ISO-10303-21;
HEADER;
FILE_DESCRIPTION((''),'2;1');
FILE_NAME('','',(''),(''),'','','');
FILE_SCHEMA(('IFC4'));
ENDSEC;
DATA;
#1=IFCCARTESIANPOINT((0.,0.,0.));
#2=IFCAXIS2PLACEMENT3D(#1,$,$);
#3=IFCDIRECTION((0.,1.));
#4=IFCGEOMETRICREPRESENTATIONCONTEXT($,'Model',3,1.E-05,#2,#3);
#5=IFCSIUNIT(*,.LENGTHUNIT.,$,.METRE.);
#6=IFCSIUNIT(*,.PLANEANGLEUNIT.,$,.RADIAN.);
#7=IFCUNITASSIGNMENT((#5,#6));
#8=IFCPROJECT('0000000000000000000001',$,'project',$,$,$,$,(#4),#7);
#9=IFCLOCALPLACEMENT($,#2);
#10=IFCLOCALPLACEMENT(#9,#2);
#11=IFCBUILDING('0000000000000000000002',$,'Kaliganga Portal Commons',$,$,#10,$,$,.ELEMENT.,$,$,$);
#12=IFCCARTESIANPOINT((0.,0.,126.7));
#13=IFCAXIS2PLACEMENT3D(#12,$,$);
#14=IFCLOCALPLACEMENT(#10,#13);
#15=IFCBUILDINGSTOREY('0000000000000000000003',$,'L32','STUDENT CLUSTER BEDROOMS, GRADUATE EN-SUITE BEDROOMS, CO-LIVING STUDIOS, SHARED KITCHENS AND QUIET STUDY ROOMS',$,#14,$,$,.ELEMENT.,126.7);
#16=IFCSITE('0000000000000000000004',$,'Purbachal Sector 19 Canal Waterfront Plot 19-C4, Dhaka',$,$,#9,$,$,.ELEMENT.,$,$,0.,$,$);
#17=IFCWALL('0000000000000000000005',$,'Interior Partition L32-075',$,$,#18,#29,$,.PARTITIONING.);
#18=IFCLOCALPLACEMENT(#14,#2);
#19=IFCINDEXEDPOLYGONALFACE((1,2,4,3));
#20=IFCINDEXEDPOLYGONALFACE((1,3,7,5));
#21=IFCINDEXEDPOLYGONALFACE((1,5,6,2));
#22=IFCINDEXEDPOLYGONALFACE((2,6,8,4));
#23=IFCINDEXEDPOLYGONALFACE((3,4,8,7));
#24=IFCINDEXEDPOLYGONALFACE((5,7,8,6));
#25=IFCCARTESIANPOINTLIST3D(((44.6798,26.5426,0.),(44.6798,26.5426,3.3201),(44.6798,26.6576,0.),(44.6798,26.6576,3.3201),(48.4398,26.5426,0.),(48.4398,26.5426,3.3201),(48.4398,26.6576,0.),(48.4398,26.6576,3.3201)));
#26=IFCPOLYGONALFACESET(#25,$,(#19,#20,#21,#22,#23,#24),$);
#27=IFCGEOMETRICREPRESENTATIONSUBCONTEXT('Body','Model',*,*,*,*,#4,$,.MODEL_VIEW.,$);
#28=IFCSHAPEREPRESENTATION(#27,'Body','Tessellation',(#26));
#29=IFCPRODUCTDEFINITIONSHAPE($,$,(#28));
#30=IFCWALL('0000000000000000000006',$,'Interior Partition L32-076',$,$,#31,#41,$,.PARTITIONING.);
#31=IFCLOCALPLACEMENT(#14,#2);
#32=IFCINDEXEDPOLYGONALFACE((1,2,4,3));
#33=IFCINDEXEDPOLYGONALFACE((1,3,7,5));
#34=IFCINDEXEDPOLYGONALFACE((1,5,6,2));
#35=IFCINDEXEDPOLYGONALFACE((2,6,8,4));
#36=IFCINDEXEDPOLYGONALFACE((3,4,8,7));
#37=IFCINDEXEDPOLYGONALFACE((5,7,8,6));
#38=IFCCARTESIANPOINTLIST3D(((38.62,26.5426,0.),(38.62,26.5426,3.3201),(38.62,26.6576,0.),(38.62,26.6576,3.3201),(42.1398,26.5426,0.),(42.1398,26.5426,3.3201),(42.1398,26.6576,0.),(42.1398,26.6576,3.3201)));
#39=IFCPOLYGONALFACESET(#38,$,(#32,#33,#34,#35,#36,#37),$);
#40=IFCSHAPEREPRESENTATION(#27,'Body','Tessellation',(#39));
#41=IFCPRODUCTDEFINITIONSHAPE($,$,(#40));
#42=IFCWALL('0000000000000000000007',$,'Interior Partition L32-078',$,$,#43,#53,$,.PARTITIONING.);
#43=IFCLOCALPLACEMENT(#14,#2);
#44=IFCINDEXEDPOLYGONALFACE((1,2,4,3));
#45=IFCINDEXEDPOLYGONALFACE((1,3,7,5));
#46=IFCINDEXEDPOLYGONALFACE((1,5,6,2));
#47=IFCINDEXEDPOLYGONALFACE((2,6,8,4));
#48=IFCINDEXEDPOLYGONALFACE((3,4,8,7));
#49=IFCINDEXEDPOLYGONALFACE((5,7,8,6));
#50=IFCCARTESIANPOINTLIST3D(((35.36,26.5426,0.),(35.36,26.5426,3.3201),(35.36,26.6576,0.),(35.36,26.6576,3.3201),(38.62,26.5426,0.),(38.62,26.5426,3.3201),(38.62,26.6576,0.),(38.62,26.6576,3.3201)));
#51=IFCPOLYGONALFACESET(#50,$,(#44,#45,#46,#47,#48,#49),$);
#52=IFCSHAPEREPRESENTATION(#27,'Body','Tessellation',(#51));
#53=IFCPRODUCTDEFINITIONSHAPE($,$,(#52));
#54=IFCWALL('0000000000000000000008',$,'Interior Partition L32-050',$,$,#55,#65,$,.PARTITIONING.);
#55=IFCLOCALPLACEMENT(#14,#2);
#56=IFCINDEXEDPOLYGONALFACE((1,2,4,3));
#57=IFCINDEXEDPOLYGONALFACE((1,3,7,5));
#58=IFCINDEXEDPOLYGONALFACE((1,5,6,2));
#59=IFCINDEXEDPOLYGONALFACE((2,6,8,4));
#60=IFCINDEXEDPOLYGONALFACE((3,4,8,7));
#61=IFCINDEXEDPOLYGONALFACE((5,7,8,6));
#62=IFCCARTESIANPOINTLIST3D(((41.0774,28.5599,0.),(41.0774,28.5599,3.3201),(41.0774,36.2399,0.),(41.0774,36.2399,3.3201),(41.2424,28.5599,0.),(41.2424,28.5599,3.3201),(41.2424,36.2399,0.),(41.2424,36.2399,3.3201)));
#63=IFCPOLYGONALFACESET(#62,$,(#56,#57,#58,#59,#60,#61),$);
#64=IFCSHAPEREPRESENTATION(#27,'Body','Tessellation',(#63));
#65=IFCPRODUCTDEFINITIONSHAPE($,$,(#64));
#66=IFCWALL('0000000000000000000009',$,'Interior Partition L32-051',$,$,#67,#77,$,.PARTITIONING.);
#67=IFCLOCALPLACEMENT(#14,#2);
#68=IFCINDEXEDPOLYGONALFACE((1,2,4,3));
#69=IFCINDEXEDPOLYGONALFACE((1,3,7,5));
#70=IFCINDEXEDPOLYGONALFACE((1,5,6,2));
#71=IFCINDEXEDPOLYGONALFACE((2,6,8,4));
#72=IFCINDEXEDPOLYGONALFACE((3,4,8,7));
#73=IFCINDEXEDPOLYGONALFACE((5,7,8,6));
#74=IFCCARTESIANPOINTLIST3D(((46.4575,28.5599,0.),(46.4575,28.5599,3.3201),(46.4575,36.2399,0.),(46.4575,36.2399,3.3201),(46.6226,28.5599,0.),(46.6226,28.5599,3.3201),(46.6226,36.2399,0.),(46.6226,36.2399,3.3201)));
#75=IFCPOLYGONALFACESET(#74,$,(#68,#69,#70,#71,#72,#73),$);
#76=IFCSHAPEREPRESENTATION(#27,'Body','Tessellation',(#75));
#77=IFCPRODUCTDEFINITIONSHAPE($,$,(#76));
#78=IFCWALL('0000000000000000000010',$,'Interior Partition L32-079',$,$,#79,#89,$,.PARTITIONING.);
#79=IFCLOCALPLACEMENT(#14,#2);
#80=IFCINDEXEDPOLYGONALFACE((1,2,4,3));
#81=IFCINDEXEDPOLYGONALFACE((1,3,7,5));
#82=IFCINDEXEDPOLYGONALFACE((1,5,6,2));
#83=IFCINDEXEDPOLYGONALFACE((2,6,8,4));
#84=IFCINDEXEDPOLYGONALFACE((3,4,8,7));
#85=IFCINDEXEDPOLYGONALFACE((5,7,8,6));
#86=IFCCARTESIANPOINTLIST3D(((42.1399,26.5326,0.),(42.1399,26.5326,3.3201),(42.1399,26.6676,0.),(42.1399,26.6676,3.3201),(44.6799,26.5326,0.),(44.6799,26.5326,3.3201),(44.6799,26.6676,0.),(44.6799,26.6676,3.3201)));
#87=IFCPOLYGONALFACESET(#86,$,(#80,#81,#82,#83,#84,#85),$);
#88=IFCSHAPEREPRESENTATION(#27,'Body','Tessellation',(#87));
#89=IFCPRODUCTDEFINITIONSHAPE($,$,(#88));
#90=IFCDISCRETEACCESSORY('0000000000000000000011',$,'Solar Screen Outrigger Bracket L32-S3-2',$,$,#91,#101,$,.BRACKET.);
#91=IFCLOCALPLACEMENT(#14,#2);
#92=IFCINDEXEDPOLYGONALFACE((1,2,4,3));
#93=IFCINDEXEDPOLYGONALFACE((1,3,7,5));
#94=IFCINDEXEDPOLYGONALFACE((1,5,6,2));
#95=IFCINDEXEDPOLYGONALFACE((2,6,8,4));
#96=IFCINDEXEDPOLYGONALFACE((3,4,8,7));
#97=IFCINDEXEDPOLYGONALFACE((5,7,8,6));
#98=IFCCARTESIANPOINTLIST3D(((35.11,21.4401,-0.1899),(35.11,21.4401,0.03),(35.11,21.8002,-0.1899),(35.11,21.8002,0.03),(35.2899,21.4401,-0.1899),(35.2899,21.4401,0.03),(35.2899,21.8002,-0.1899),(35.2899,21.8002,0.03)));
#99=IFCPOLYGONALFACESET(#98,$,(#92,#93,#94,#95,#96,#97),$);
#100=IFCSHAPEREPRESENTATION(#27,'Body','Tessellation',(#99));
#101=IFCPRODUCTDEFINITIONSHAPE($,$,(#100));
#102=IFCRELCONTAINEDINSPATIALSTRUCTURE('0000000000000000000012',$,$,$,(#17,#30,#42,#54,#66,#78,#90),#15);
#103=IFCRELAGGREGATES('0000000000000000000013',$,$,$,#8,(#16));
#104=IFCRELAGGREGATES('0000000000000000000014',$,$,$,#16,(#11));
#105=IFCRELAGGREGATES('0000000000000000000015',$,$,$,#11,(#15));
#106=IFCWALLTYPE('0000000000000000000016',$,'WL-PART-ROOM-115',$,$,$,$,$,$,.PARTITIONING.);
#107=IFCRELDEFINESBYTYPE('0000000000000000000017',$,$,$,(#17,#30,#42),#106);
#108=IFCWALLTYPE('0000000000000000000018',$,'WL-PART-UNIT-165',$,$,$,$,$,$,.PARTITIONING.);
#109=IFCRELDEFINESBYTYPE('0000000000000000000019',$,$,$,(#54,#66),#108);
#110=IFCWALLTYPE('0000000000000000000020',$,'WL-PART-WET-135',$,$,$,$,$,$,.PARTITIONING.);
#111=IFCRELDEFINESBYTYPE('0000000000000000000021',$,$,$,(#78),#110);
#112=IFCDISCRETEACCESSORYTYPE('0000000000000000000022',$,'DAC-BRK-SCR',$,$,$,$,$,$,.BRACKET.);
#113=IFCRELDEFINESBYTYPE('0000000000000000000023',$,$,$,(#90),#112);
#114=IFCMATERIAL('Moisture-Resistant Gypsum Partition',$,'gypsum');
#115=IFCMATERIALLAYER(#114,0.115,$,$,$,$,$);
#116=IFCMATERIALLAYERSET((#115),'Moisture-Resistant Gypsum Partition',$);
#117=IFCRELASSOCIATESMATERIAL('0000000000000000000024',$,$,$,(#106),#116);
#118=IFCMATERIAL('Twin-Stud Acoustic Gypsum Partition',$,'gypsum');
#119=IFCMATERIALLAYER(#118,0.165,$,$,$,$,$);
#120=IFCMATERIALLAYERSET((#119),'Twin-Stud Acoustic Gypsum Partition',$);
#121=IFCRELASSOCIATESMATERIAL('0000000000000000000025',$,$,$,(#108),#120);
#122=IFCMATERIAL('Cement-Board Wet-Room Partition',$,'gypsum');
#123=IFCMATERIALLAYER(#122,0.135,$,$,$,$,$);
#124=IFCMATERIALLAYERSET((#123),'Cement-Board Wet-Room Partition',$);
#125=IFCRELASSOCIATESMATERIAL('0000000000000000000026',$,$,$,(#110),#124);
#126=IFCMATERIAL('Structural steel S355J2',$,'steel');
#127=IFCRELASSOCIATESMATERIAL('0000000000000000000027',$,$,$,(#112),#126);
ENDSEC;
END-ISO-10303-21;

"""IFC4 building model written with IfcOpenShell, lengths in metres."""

from ifc_helpers import new_model, si_unit, direction, frame, frame_2d, origin, origin_2d, place, context, subcontext, project, spatial, rectangle, extrude, source, transform, mapped, material, layer, layer_set, type_object, element, save


model = new_model("IFC4")

# Units and contexts
model_context = context("Model", 3, precision=1e-05, world=origin(), true_north=direction((0.0, 1.0)))
body_context = subcontext(model_context, "Body", "Model", "MODEL_VIEW")
ifc_project = project(units=[si_unit("LENGTHUNIT", "METRE"), si_unit("PLANEANGLEUNIT", "RADIAN")], contexts=[model_context])

# Site, building, storey
site_placement = place(None, origin())
site = spatial("IfcSite", under=ifc_project, at=site_placement, Name="Purbachal Sector 19 Canal Waterfront Plot 19-C4, Dhaka", CompositionType="ELEMENT", RefElevation=0.0)
building_placement = place(site_placement, origin())
building = spatial("IfcBuilding", under=site, at=building_placement, Name="Kaliganga Portal Commons", CompositionType="ELEMENT")
storey_placement = place(building_placement, frame((0.0, 0.0, 126.7)))
storey = spatial("IfcBuildingStorey", under=building, at=storey_placement, Name="L32", Description="STUDENT CLUSTER BEDROOMS, GRADUATE EN-SUITE BEDROOMS, CO-LIVING STUDIOS, SHARED KITCHENS AND QUIET STUDY ROOMS", CompositionType="ELEMENT", Elevation=126.7)

# Shared definitions
ifc_material_1 = material(Name="Structural steel S355J2", Category="steel")

# Walls
ifc_material_2 = material(Name="Moisture-Resistant Gypsum Partition", Category="gypsum")
ifc_layer_1 = layer(ifc_material_2, 0.115)
ifc_layer_set_1 = layer_set([ifc_layer_1], Name="Moisture-Resistant Gypsum Partition")
wall_type_1 = type_object("IfcWallType", Name="WL-PART-ROOM-115", PredefinedType="PARTITIONING", material=ifc_layer_set_1)
wall_1_placement = place(storey_placement, frame((44.6799, 26.6001, 0.0), z_axis=(0.0, 0.0, 1.0), x_axis=(1.0, 0.0, 0.0)))
element("IfcWall", 1, at=wall_1_placement, inside=storey, type_object=wall_type_1, Name="Interior Partition L32-075", PredefinedType="PARTITIONING", context=body_context, shape_type="SweptSolid", body=[
    extrude(rectangle(XDim=3.76, YDim=0.115, at=frame_2d((1.8799, 0.0))), origin(), (0.0, 0.0, 1.0), 3.3201),
])
wall_2_placement = place(storey_placement, frame((38.6201, 26.6001, 0.0), z_axis=(0.0, 0.0, 1.0), x_axis=(1.0, 0.0, 0.0)))
element("IfcWall", 2, at=wall_2_placement, inside=storey, type_object=wall_type_1, Name="Interior Partition L32-076", PredefinedType="PARTITIONING", context=body_context, shape_type="SweptSolid", body=[
    extrude(rectangle(XDim=3.5198, YDim=0.115, at=frame_2d((1.7598, 0.0))), origin(), (0.0, 0.0, 1.0), 3.3201),
])
wall_3_placement = place(storey_placement, frame((35.3601, 26.6001, 0.0), z_axis=(0.0, 0.0, 1.0), x_axis=(1.0, 0.0, 0.0)))
element("IfcWall", 3, at=wall_3_placement, inside=storey, type_object=wall_type_1, Name="Interior Partition L32-078", PredefinedType="PARTITIONING", context=body_context, shape_type="SweptSolid", body=[
    extrude(rectangle(XDim=3.26, YDim=0.115, at=frame_2d((1.6299, 0.0))), origin(), (0.0, 0.0, 1.0), 3.3201),
])
ifc_material_3 = material(Name="Twin-Stud Acoustic Gypsum Partition", Category="gypsum")
ifc_layer_2 = layer(ifc_material_3, 0.165)
ifc_layer_set_2 = layer_set([ifc_layer_2], Name="Twin-Stud Acoustic Gypsum Partition")
wall_type_2 = type_object("IfcWallType", Name="WL-PART-UNIT-165", PredefinedType="PARTITIONING", material=ifc_layer_set_2)
for number, where, z_axis, x_axis, name in (
    (4, (41.1599, 28.5601, 0.0), (0.0, 0.0, 1.0), (0.0, 1.0, 0.0), "Interior Partition L32-050"),
    (5, (46.54, 28.5601, 0.0), (0.0, 0.0, 1.0), (0.0, 1.0, 0.0), "Interior Partition L32-051"),
):
    element("IfcWall", number, at=place(storey_placement, frame(where, z_axis=z_axis, x_axis=x_axis)), inside=storey, type_object=wall_type_2, Name=name, PredefinedType="PARTITIONING", context=body_context, shape_type="SweptSolid", body=[
        extrude(rectangle(XDim=7.6799, YDim=0.165, at=frame_2d((3.8398, 0.0))), origin(), (0.0, 0.0, 1.0), 3.3201),
    ])
ifc_material_4 = material(Name="Cement-Board Wet-Room Partition", Category="gypsum")
ifc_layer_3 = layer(ifc_material_4, 0.135)
ifc_layer_set_3 = layer_set([ifc_layer_3], Name="Cement-Board Wet-Room Partition")
wall_type_3 = type_object("IfcWallType", Name="WL-PART-WET-135", PredefinedType="PARTITIONING", material=ifc_layer_set_3)
wall_4_placement = place(storey_placement, frame((42.1399, 26.6001, 0.0), z_axis=(0.0, 0.0, 1.0), x_axis=(1.0, 0.0, 0.0)))
element("IfcWall", 6, at=wall_4_placement, inside=storey, type_object=wall_type_3, Name="Interior Partition L32-079", PredefinedType="PARTITIONING", context=body_context, shape_type="SweptSolid", body=[
    extrude(rectangle(XDim=2.54, YDim=0.135, at=frame_2d((1.27, 0.0))), origin(), (0.0, 0.0, 1.0), 3.3201),
])

# Discrete accessory
discrete_accessory_type = type_object("IfcDiscreteAccessoryType", Name="DAC-BRK-SCR", PredefinedType="BRACKET", material=ifc_material_1)
shared_shape_1 = source(origin(), body_context, "Body", "SweptSolid", [
    extrude(rectangle(XDim=0.1799, YDim=0.3601, at=origin_2d()), origin(), (0.0, 0.0, 1.0), 0.22),
])
discrete_accessory_placement = place(storey_placement, frame((35.2, 21.6201, -0.1899), z_axis=(0.0, 0.0, 1.0), x_axis=(1.0, 0.0, 0.0)))
element("IfcDiscreteAccessory", 7, at=discrete_accessory_placement, inside=storey, type_object=discrete_accessory_type, Name="Solar Screen Outrigger Bracket L32-S3-2", PredefinedType="BRACKET", context=body_context, shape_type="MappedRepresentation", body=[
    mapped(shared_shape_1, transform((0.0, 0.0, 0.0), x_axis=(1.0, 0.0, 0.0), y_axis=(0.0, 1.0, 0.0), z_axis=(0.0, 0.0, 1.0), scale=1.0)),
])

save(model, "model.ifc")
